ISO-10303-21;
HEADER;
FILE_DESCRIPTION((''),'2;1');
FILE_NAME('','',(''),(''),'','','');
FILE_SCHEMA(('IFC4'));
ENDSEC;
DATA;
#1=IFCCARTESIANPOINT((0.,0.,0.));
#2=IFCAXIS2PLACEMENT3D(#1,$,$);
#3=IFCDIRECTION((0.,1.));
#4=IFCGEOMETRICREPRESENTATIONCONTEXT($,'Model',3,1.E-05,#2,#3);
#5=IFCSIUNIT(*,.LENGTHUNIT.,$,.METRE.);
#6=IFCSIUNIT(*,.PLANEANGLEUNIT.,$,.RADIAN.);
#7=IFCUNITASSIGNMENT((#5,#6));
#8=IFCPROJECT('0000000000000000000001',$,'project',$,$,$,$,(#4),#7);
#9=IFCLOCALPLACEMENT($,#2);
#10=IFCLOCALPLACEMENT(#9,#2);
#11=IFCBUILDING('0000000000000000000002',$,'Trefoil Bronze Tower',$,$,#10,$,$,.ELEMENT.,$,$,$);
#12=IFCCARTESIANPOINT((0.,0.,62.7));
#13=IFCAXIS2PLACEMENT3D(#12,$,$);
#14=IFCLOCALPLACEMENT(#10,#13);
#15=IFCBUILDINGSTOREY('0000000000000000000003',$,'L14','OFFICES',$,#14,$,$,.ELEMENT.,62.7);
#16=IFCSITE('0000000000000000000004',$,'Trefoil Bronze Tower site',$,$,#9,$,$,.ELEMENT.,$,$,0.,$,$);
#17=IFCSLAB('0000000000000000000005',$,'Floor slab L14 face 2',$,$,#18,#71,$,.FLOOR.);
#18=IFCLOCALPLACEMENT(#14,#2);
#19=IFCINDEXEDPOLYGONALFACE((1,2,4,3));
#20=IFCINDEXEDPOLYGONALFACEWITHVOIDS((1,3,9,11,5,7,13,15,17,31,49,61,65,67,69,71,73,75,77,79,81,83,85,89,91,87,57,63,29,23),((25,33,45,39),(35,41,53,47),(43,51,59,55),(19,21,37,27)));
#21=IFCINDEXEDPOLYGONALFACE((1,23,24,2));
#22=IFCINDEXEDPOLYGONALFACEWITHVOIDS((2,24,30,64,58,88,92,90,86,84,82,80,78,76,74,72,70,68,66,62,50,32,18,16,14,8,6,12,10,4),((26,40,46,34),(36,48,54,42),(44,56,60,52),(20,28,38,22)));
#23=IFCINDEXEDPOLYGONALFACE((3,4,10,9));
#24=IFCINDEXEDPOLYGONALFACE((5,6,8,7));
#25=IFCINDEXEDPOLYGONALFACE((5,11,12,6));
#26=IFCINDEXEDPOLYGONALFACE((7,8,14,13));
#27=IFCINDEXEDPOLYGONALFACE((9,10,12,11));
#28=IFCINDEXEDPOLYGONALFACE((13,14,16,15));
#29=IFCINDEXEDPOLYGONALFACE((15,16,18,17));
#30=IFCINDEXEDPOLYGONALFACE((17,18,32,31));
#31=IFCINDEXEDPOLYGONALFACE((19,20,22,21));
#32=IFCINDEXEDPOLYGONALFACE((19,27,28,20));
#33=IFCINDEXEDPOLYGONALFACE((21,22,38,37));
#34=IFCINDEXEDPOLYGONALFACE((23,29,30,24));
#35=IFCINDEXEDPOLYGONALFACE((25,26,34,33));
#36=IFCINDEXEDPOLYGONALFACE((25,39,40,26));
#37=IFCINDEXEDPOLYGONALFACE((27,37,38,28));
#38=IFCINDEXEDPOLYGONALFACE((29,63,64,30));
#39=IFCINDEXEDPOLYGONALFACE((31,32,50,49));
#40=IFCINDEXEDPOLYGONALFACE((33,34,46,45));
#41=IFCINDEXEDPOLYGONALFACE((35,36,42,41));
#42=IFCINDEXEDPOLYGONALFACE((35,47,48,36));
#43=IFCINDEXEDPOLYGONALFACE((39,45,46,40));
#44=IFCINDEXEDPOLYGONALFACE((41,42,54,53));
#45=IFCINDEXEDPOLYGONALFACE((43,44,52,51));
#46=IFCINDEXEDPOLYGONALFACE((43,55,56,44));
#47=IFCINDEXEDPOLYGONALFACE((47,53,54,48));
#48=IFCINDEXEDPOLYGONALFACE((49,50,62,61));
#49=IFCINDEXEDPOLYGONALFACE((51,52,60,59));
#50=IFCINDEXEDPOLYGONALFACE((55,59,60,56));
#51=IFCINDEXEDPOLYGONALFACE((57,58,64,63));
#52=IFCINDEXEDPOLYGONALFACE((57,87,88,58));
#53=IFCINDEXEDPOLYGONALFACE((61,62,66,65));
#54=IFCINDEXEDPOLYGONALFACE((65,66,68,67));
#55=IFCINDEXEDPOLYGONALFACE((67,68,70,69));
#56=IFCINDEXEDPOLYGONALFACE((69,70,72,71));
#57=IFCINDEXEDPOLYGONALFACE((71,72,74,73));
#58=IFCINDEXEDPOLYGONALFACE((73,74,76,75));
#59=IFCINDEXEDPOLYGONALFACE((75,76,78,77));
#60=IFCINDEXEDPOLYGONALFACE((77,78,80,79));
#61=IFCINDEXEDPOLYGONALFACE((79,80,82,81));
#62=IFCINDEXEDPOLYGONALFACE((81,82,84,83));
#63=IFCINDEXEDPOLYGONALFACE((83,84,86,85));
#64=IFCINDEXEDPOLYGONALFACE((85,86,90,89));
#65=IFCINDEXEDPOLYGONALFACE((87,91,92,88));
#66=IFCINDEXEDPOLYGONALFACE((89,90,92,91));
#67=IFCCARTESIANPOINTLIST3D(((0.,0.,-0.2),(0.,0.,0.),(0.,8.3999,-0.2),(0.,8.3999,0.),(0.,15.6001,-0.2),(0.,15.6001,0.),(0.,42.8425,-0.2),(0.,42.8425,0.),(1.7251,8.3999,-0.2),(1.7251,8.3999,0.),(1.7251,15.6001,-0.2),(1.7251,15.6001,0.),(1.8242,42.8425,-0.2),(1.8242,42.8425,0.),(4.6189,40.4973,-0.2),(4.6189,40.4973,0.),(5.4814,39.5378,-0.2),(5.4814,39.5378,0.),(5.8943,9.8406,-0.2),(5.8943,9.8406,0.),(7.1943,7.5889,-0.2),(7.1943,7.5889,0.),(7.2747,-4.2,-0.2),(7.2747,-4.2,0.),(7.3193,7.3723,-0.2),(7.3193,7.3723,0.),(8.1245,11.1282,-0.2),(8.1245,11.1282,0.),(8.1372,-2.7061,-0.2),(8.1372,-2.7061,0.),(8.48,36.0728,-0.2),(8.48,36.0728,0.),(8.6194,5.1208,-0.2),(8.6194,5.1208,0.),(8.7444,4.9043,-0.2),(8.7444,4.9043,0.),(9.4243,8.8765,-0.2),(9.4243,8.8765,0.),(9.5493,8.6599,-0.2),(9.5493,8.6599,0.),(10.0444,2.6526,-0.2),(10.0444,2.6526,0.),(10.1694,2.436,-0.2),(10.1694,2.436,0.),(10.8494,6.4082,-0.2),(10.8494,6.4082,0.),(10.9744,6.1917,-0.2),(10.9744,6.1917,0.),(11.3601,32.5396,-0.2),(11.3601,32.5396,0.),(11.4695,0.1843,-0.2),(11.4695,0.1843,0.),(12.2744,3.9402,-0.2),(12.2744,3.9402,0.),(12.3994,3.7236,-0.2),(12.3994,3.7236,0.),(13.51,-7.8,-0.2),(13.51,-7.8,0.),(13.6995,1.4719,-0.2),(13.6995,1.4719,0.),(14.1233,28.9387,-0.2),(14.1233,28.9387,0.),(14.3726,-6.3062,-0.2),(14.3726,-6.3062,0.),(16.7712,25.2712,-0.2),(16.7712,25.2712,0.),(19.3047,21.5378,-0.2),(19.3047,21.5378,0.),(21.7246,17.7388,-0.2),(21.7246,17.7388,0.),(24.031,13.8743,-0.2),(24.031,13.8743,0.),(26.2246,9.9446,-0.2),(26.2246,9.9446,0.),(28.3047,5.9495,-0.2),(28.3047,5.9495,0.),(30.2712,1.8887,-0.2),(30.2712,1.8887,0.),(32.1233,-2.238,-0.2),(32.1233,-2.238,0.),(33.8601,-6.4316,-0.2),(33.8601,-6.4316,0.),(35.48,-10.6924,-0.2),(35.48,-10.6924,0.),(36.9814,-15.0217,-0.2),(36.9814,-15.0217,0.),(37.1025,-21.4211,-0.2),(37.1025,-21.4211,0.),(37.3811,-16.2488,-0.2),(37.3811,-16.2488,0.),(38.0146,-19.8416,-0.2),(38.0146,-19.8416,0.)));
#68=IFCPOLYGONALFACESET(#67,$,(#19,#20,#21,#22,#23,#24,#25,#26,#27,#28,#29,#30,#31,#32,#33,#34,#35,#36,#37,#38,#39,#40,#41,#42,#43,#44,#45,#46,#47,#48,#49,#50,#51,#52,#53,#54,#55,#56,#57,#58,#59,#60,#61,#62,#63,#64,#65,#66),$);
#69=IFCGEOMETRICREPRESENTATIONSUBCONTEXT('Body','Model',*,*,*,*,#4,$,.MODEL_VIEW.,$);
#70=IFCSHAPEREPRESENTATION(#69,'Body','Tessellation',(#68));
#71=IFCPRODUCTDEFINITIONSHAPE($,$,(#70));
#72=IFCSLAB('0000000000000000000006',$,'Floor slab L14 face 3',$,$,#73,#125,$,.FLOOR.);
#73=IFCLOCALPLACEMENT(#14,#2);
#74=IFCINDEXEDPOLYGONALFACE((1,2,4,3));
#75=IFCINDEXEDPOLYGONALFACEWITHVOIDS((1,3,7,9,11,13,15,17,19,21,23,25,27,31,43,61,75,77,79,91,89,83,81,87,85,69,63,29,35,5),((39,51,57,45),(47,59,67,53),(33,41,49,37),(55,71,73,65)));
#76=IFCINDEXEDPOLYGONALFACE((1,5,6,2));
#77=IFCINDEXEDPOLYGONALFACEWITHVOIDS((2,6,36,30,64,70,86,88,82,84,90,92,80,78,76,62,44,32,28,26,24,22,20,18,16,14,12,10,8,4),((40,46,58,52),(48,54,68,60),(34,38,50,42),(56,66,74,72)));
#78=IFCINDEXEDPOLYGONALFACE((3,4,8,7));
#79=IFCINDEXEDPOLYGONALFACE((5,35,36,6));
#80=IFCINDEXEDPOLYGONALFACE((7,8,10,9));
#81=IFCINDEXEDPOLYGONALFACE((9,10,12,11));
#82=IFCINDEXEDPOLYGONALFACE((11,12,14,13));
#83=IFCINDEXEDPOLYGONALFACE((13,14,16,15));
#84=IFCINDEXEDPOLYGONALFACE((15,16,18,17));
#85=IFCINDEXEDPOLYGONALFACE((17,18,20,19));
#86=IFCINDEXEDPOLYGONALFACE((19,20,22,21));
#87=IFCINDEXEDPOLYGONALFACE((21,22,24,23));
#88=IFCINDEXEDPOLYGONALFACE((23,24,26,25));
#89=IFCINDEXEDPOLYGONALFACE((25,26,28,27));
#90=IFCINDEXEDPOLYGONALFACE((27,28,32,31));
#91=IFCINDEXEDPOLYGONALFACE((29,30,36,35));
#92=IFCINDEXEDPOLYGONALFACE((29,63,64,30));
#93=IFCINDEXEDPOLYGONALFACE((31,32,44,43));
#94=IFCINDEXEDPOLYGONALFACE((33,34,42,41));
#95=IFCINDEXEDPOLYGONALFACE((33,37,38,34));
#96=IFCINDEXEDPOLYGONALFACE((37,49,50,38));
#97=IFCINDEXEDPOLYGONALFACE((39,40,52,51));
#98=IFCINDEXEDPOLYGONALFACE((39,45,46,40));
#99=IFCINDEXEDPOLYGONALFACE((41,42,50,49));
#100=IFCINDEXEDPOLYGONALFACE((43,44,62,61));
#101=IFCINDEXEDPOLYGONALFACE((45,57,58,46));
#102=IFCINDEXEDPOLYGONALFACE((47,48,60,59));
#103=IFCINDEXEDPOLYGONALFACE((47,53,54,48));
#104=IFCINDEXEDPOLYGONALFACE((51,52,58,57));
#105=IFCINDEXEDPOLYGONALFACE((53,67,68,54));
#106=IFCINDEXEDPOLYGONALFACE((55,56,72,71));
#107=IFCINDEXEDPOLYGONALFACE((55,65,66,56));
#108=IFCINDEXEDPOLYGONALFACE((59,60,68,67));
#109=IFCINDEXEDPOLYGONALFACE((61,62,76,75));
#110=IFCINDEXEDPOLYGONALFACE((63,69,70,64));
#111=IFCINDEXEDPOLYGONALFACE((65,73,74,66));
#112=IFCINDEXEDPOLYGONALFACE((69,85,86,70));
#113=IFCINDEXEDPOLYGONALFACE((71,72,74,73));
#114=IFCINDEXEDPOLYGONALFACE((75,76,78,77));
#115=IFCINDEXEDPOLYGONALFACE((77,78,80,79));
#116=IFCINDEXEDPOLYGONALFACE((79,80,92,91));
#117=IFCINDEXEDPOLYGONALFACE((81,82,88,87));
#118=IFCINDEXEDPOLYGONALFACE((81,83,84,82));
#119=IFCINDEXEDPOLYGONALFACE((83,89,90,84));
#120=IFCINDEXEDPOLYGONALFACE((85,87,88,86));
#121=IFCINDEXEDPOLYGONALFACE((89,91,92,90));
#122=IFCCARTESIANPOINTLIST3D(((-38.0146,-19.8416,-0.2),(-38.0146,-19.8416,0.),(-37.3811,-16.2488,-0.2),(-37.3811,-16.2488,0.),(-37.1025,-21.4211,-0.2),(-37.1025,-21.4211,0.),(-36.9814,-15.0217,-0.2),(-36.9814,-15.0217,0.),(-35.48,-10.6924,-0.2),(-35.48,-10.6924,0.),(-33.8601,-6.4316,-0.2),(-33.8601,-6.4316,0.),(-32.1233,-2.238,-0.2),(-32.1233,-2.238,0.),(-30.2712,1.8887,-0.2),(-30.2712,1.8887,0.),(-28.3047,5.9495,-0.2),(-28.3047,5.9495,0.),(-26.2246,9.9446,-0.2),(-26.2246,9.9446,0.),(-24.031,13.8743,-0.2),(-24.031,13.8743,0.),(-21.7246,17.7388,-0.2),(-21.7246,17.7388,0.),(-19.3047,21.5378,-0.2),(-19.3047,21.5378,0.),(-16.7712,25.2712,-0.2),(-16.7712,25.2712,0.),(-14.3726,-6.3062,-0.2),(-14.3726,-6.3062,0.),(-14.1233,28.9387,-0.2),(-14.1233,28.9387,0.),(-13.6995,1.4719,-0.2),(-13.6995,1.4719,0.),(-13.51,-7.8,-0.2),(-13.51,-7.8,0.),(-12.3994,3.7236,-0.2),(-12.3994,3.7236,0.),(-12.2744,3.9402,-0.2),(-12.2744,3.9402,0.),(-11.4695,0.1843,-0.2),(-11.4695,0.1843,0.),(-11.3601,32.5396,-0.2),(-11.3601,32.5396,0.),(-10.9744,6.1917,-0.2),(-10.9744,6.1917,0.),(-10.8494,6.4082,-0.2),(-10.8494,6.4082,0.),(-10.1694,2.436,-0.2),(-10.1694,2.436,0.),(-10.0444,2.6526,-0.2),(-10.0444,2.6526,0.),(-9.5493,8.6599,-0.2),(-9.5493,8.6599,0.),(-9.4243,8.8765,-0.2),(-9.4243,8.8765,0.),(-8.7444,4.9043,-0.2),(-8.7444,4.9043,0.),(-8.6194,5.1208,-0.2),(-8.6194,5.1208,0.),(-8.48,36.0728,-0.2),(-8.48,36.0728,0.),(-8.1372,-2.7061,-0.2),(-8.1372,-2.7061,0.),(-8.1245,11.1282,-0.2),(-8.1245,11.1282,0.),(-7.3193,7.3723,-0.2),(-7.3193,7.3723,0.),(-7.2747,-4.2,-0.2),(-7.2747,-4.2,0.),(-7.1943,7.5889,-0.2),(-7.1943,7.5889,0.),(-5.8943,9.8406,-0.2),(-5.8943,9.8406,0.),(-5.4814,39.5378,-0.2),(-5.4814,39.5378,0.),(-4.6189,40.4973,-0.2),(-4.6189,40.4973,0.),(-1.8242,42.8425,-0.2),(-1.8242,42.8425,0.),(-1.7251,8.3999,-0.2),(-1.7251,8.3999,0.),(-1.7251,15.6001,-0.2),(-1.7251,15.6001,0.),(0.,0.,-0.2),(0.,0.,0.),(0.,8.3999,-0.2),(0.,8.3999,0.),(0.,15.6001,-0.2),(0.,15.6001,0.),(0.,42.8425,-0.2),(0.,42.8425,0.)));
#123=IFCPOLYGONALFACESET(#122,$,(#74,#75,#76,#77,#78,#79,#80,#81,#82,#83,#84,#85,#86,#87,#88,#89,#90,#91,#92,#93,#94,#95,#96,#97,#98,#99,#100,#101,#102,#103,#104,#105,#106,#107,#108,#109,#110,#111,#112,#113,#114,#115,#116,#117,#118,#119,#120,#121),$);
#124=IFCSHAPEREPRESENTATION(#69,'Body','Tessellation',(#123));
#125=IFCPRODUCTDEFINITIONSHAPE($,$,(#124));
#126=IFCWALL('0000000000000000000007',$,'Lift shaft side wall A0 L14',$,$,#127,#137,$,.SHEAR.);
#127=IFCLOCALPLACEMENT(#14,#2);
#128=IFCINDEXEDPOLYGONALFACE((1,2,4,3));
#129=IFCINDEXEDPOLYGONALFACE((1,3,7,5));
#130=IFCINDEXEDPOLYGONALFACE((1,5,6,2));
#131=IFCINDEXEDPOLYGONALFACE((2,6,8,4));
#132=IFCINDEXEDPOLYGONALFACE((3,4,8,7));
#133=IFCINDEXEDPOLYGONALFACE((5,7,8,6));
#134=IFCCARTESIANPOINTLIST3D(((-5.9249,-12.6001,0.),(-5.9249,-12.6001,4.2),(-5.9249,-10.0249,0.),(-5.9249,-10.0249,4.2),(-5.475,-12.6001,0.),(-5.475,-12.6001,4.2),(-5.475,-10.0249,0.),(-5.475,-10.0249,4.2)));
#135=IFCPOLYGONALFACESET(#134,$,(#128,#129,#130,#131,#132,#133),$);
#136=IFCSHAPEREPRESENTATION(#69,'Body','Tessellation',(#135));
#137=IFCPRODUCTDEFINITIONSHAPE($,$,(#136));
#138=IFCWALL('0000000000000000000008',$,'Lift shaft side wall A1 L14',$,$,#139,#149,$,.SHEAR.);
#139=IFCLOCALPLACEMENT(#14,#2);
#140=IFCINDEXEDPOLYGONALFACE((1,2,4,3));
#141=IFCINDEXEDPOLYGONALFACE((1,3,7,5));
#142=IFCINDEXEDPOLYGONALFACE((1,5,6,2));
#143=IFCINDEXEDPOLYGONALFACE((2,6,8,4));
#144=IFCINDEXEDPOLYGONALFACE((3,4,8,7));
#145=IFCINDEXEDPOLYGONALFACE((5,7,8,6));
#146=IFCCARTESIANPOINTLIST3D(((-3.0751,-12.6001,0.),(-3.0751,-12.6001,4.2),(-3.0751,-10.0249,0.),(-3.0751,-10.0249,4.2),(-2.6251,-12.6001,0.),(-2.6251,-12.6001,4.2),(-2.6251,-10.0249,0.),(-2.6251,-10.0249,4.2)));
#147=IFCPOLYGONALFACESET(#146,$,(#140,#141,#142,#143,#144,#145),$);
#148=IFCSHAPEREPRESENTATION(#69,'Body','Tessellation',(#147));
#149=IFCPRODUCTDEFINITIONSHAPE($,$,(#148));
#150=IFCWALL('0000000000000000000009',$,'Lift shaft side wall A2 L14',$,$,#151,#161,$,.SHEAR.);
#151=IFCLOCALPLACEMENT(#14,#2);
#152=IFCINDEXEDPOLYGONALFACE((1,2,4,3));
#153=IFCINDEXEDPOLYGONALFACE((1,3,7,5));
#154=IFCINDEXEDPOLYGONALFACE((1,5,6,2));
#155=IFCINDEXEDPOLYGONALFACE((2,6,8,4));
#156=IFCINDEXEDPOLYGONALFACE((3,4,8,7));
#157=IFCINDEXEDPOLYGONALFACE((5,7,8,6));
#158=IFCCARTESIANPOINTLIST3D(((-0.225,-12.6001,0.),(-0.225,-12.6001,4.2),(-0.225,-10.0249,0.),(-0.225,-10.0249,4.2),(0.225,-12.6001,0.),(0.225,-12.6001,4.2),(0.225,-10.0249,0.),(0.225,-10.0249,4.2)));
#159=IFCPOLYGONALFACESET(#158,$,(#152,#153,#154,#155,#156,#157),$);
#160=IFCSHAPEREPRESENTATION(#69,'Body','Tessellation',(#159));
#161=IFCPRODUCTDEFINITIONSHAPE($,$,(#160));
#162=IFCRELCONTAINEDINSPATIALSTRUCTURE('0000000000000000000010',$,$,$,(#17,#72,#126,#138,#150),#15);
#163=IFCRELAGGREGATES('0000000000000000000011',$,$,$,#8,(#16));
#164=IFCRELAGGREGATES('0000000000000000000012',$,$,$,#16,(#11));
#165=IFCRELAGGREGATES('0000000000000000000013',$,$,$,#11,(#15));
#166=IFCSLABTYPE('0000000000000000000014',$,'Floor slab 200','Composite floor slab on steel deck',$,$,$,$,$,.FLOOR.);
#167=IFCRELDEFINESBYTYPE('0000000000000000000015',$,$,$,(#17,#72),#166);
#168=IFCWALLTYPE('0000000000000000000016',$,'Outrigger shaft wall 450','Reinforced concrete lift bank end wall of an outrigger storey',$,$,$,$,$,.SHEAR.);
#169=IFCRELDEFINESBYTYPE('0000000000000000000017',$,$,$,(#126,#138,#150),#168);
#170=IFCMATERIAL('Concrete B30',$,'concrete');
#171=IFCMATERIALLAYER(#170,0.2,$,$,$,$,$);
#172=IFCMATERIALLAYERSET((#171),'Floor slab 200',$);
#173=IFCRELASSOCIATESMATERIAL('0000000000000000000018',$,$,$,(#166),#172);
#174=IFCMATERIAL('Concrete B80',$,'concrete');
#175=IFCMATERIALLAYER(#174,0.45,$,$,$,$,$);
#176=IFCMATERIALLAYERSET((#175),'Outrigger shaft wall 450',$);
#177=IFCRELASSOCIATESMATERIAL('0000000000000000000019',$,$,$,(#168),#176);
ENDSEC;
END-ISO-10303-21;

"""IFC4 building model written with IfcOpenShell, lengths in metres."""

from ifc_helpers import new_model, si_unit, direction, frame, frame_2d, origin, place, context, subcontext, project, spatial, polyline, rectangle, outline, extrude, material, layer, layer_set, type_object, element, save


model = new_model("IFC4")

# Units and contexts
model_context = context("Model", 3, precision=1e-05, world=origin(), true_north=direction((0.0, 1.0)))
body_context = subcontext(model_context, "Body", "Model", "MODEL_VIEW")
ifc_project = project(units=[si_unit("LENGTHUNIT", "METRE"), si_unit("PLANEANGLEUNIT", "RADIAN")], contexts=[model_context])

# Site, building, storey
site_placement = place(None, origin())
site = spatial("IfcSite", under=ifc_project, at=site_placement, Name="Trefoil Bronze Tower site", CompositionType="ELEMENT", RefElevation=0.0)
building_placement = place(site_placement, origin())
building = spatial("IfcBuilding", under=site, at=building_placement, Name="Trefoil Bronze Tower", CompositionType="ELEMENT")
storey_placement = place(building_placement, frame((0.0, 0.0, 62.7)))
storey = spatial("IfcBuildingStorey", under=building, at=storey_placement, Name="L14", Description="OFFICES", CompositionType="ELEMENT", Elevation=62.7)

# Slabs
ifc_material_1 = material(Name="Concrete B30", Category="concrete")
ifc_layer_1 = layer(ifc_material_1, 0.2)
ifc_layer_set_1 = layer_set([ifc_layer_1], Name="Floor slab 200")
slab_type = type_object("IfcSlabType", Name="Floor slab 200", Description="Composite floor slab on steel deck", PredefinedType="FLOOR", material=ifc_layer_set_1)
slab_1_placement = place(storey_placement, frame((0.0, 0.0, -0.2)))
element("IfcSlab", 1, at=slab_1_placement, inside=storey, type_object=slab_type, Name="Floor slab L14 face 2", PredefinedType="FLOOR", context=body_context, shape_type="SweptSolid", body=[
    extrude(outline(polyline([(8.48, 36.0728), (11.3601, 32.5396), (14.1233, 28.9387), (16.7712, 25.2712), (19.3047, 21.5378), (21.7246, 17.7388), (24.031, 13.8743), (26.2246, 9.9446), (28.3047, 5.9495), (30.2712, 1.8887), (32.1233, -2.238), (33.8601, -6.4316), (35.48, -10.6924), (36.9814, -15.0217), (37.3811, -16.2488), (38.0146, -19.8416), (37.1025, -21.4211), (13.51, -7.8), (14.3726, -6.3062), (8.1372, -2.7061), (7.2747, -4.2), (0.0, 0.0), (0.0, 8.3999), (1.7251, 8.3999), (1.7251, 15.6001), (0.0, 15.6001), (0.0, 42.8425), (1.8242, 42.8425), (4.6189, 40.4973), (5.4814, 39.5378), (8.48, 36.0728)]), holes=[polyline([(11.4695, 0.1843), (10.1694, 2.436), (12.3994, 3.7236), (13.6995, 1.4719), (11.4695, 0.1843)]), polyline([(10.0444, 2.6526), (8.7444, 4.9043), (10.9744, 6.1917), (12.2744, 3.9402), (10.0444, 2.6526)]), polyline([(8.6194, 5.1208), (7.3193, 7.3723), (9.5493, 8.6599), (10.8494, 6.4082), (8.6194, 5.1208)]), polyline([(7.1943, 7.5889), (5.8943, 9.8406), (8.1245, 11.1282), (9.4243, 8.8765), (7.1943, 7.5889)])]), origin(), (0.0, 0.0, 1.0), 0.2),
])
slab_2_placement = place(storey_placement, frame((0.0, 0.0, -0.2)))
element("IfcSlab", 2, at=slab_2_placement, inside=storey, type_object=slab_type, Name="Floor slab L14 face 3", PredefinedType="FLOOR", context=body_context, shape_type="SweptSolid", body=[
    extrude(outline(polyline([(-35.48, -10.6924), (-33.8601, -6.4316), (-32.1233, -2.238), (-30.2712, 1.8887), (-28.3047, 5.9495), (-26.2246, 9.9446), (-24.031, 13.8743), (-21.7246, 17.7388), (-19.3047, 21.5378), (-16.7712, 25.2712), (-14.1233, 28.9387), (-11.3601, 32.5396), (-8.48, 36.0728), (-5.4814, 39.5378), (-4.6189, 40.4973), (-1.8242, 42.8425), (0.0, 42.8425), (0.0, 15.6001), (-1.7251, 15.6001), (-1.7251, 8.3999), (0.0, 8.3999), (0.0, 0.0), (-7.2747, -4.2), (-8.1372, -2.7061), (-14.3726, -6.3062), (-13.51, -7.8), (-37.1025, -21.4211), (-38.0146, -19.8416), (-37.3811, -16.2488), (-36.9814, -15.0217), (-35.48, -10.6924)]), holes=[polyline([(-5.8943, 9.8406), (-7.1943, 7.5889), (-9.4243, 8.8765), (-8.1245, 11.1282), (-5.8943, 9.8406)]), polyline([(-7.3193, 7.3723), (-8.6194, 5.1208), (-10.8494, 6.4082), (-9.5493, 8.6599), (-7.3193, 7.3723)]), polyline([(-8.7444, 4.9043), (-10.0444, 2.6526), (-12.2744, 3.9402), (-10.9744, 6.1917), (-8.7444, 4.9043)]), polyline([(-10.1694, 2.436), (-11.4695, 0.1843), (-13.6995, 1.4719), (-12.3994, 3.7236), (-10.1694, 2.436)])]), origin(), (0.0, 0.0, 1.0), 0.2),
])

# Walls
ifc_material_2 = material(Name="Concrete B80", Category="concrete")
ifc_layer_2 = layer(ifc_material_2, 0.45)
ifc_layer_set_2 = layer_set([ifc_layer_2], Name="Outrigger shaft wall 450")
wall_type_1 = type_object("IfcWallType", Name="Outrigger shaft wall 450", Description="Reinforced concrete lift bank end wall of an outrigger storey", PredefinedType="SHEAR", material=ifc_layer_set_2)
for number, where, z_axis, x_axis, name in (
    (3, (-5.7, -10.0249, 0.0), (0.0, 0.0, 1.0), (0.0, -1.0, 0.0), "Lift shaft side wall A0 L14"),
    (4, (-2.8501, -10.0249, 0.0), (0.0, 0.0, 1.0), (0.0, -1.0, 0.0), "Lift shaft side wall A1 L14"),
    (5, (0.0, -10.0249, 0.0), (0.0, 0.0, 1.0), (0.0, -1.0, 0.0), "Lift shaft side wall A2 L14"),
):
    element("IfcWall", number, at=place(storey_placement, frame(where, z_axis=z_axis, x_axis=x_axis)), inside=storey, type_object=wall_type_1, Name=name, PredefinedType="SHEAR", context=body_context, shape_type="SweptSolid", body=[
        extrude(rectangle(XDim=2.5752, YDim=0.45, at=frame_2d((1.2876, 0.0))), origin(), (0.0, 0.0, 1.0), 4.2),
    ])

save(model, "model.ifc")
